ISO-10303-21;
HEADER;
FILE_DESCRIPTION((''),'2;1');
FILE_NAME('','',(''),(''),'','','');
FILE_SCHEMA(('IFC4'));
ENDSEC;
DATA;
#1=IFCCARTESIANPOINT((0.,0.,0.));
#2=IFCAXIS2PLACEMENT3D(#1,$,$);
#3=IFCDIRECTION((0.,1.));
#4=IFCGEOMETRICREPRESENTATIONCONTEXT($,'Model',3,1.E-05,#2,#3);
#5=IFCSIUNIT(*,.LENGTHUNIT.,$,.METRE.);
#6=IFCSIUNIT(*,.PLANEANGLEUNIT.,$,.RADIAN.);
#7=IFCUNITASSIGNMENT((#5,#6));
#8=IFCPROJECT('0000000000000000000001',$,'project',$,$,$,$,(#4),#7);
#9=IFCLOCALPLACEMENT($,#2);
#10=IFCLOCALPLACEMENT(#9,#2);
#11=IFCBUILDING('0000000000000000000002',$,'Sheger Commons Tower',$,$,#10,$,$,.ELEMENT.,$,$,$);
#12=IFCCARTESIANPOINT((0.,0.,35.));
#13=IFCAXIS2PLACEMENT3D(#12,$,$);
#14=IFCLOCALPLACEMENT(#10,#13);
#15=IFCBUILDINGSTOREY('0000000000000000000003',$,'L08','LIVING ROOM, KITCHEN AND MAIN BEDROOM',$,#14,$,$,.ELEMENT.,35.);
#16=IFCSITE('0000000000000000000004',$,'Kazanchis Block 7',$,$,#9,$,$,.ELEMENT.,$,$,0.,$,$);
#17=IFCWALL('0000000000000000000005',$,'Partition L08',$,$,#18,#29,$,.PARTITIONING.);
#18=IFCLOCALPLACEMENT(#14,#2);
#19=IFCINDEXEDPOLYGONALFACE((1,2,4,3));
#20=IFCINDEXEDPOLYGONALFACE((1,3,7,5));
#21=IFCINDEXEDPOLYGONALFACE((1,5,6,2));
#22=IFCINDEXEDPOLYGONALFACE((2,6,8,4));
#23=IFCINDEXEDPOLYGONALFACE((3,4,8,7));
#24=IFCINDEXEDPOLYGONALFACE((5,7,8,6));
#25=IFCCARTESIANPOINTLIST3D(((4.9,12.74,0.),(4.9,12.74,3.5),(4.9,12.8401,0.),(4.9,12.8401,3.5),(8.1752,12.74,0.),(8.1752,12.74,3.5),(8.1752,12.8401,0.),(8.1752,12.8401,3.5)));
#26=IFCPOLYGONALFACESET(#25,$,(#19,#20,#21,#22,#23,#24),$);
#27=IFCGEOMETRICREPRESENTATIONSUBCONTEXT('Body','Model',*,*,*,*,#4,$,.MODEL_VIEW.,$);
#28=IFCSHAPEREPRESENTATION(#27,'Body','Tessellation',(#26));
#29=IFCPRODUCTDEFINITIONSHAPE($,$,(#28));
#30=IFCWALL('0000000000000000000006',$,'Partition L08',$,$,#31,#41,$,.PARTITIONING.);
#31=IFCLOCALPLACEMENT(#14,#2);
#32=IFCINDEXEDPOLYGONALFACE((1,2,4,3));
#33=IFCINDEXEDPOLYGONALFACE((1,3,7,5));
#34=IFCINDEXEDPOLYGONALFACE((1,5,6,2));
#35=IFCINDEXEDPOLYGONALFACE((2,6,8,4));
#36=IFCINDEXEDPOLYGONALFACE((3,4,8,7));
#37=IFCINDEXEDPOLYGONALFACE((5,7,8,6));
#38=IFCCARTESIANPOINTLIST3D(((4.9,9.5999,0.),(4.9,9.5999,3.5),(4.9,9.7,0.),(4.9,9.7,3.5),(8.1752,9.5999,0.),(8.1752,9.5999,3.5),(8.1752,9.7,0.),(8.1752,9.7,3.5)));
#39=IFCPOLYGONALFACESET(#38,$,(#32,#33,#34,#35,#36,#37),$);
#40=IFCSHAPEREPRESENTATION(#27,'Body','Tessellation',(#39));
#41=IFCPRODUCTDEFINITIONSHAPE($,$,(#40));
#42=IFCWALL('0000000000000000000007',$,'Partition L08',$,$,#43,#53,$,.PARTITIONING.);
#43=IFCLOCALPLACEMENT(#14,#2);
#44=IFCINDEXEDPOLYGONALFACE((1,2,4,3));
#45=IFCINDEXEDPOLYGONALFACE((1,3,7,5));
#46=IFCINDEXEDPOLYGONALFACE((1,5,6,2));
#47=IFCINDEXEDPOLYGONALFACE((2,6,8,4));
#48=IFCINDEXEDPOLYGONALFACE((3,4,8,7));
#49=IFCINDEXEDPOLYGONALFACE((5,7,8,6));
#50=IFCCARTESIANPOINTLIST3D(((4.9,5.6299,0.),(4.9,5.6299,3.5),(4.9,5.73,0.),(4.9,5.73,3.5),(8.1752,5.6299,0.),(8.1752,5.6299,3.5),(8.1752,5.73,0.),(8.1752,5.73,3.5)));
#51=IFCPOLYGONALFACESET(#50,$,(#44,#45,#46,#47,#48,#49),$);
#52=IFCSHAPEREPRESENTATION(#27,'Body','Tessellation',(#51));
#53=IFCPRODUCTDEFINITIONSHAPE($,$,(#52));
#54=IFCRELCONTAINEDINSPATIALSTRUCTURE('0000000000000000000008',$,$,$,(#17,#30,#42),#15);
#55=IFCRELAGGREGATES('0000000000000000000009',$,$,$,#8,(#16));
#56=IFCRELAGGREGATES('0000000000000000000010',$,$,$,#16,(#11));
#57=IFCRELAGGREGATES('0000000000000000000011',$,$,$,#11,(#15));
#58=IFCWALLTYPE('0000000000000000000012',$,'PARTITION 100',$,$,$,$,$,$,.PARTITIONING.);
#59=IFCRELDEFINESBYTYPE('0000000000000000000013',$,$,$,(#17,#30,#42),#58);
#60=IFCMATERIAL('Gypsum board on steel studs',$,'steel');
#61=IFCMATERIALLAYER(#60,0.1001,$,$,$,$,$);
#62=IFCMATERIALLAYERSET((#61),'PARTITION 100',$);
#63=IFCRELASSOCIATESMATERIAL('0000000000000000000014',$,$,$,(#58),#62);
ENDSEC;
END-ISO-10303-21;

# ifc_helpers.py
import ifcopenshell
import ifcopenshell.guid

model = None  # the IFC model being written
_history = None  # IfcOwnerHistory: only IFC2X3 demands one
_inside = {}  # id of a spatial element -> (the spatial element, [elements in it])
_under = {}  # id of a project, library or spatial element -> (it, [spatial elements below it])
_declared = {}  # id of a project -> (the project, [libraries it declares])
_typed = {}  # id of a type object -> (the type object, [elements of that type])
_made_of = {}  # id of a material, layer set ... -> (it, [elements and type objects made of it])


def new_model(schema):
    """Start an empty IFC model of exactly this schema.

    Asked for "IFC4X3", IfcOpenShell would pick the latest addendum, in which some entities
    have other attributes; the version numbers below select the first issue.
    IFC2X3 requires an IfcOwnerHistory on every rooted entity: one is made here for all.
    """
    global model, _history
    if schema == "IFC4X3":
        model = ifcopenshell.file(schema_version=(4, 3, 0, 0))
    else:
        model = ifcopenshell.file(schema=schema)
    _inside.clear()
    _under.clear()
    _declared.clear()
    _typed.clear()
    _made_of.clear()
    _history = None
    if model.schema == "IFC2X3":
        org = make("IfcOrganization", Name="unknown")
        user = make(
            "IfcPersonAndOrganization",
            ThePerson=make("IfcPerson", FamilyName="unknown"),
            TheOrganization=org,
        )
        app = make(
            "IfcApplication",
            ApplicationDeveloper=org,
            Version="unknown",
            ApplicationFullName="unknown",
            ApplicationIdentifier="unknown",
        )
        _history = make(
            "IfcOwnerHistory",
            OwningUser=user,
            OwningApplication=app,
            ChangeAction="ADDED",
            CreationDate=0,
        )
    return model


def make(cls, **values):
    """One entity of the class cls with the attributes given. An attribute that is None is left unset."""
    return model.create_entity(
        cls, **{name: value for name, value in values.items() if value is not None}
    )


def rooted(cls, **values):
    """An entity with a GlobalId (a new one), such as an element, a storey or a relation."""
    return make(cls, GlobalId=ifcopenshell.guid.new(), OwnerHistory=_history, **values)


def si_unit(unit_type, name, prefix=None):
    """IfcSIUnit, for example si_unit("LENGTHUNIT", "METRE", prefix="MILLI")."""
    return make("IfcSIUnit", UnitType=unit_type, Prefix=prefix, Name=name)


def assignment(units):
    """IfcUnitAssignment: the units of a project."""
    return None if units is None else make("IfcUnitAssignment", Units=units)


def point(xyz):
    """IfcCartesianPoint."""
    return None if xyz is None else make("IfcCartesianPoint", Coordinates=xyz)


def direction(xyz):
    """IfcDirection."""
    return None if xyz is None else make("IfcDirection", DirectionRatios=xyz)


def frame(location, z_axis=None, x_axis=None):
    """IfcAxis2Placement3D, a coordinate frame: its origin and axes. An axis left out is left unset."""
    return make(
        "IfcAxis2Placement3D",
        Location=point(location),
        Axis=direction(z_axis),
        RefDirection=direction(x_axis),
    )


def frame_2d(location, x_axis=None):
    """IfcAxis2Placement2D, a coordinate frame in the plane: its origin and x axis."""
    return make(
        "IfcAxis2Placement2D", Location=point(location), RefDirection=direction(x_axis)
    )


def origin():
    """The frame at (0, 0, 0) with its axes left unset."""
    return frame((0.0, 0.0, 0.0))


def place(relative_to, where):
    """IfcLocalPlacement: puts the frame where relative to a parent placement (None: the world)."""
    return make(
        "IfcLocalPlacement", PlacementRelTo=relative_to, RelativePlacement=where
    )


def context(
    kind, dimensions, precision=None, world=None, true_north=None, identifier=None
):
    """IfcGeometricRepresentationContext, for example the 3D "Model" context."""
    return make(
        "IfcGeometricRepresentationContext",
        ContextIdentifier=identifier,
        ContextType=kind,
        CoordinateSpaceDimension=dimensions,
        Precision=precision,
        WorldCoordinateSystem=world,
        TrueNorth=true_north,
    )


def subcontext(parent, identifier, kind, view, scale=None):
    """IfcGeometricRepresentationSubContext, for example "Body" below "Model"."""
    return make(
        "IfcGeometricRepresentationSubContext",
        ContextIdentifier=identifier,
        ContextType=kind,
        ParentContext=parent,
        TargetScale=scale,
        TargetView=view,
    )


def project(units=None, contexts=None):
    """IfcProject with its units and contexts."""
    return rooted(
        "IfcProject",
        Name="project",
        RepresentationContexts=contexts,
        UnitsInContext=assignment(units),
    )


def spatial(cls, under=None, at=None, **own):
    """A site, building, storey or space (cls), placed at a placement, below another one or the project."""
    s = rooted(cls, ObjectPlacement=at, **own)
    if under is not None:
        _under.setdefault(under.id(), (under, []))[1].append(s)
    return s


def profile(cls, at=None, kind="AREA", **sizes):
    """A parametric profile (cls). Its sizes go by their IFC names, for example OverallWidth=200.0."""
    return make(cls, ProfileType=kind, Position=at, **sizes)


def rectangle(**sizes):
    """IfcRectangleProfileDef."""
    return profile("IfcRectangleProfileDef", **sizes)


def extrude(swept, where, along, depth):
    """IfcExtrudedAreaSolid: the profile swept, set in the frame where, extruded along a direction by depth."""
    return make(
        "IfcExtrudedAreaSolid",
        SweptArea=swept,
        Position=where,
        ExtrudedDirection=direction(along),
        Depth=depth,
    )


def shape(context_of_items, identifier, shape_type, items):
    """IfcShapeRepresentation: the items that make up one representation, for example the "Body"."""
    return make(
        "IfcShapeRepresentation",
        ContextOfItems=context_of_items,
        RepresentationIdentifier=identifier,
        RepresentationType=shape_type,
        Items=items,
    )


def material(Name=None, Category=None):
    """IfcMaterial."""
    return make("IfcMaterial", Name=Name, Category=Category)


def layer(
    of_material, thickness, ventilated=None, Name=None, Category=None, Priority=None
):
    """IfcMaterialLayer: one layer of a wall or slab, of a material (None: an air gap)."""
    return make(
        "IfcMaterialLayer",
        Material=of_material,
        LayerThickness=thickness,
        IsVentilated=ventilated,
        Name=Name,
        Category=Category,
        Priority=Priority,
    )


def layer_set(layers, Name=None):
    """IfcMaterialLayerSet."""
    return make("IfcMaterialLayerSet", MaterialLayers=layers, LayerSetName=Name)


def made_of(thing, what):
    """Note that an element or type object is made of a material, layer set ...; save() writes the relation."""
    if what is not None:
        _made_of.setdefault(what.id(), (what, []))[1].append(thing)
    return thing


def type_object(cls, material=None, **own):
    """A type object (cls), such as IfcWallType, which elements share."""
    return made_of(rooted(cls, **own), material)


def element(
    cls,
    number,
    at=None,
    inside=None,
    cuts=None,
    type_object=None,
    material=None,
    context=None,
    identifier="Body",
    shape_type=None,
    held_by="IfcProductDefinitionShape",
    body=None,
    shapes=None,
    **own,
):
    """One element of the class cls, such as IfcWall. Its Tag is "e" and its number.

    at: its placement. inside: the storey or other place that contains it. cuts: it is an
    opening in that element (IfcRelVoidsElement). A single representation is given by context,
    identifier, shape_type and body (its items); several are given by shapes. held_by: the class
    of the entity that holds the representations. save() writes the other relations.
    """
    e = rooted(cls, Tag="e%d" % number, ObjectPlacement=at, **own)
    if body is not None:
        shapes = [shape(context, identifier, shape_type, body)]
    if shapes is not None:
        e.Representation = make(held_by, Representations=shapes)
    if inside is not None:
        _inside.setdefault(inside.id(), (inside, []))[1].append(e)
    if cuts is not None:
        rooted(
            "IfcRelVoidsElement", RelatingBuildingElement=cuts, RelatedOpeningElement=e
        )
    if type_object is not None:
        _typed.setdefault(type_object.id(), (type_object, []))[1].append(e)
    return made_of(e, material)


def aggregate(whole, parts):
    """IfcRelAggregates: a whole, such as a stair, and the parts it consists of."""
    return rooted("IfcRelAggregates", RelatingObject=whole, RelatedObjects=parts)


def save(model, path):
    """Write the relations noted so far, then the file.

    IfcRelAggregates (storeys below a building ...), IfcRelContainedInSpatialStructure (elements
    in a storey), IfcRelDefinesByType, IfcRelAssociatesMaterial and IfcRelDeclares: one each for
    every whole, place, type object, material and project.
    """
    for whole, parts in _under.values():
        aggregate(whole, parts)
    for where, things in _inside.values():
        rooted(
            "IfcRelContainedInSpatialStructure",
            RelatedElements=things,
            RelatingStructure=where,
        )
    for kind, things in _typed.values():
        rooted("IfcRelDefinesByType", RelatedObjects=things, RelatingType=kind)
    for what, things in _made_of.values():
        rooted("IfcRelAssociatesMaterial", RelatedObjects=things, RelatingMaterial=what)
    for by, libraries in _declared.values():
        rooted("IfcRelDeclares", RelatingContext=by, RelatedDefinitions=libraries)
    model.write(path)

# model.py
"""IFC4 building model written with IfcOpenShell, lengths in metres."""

from ifc_helpers import new_model, si_unit, direction, frame, frame_2d, origin, place, context, subcontext, project, spatial, rectangle, extrude, material, layer, layer_set, type_object, element, save


model = new_model("IFC4")

# Units and contexts
model_context = context("Model", 3, precision=1e-05, world=origin(), true_north=direction((0.0, 1.0)))
body_context = subcontext(model_context, "Body", "Model", "MODEL_VIEW")
ifc_project = project(units=[si_unit("LENGTHUNIT", "METRE"), si_unit("PLANEANGLEUNIT", "RADIAN")], contexts=[model_context])

# Site, building, storey
site_placement = place(None, origin())
site = spatial("IfcSite", under=ifc_project, at=site_placement, Name="Kazanchis Block 7", CompositionType="ELEMENT", RefElevation=0.0)
building_placement = place(site_placement, origin())
building = spatial("IfcBuilding", under=site, at=building_placement, Name="Sheger Commons Tower", CompositionType="ELEMENT")
storey_placement = place(building_placement, frame((0.0, 0.0, 35.0)))
storey = spatial("IfcBuildingStorey", under=building, at=storey_placement, Name="L08", Description="LIVING ROOM, KITCHEN AND MAIN BEDROOM", CompositionType="ELEMENT", Elevation=35.0)

# Shared definitions
ifc_material_1 = material(Name="Gypsum board on steel studs", Category="steel")
ifc_layer = layer(ifc_material_1, 0.1001)
ifc_layer_set = layer_set([ifc_layer], Name="PARTITION 100")
wall_type = type_object("IfcWallType", Name="PARTITION 100", PredefinedType="PARTITIONING", material=ifc_layer_set)

# Walls
for number, where, z_axis, x_axis, name in (
    (1, (4.8999, 12.79, 0.0), (0.0, 0.0, 1.0), (1.0, 0.0, 0.0), "Partition L08"),
    (2, (4.8999, 9.6499, 0.0), (0.0, 0.0, 1.0), (1.0, 0.0, 0.0), "Partition L08"),
    (3, (4.8999, 5.6799, 0.0), (0.0, 0.0, 1.0), (1.0, 0.0, 0.0), "Partition L08"),
):
    element("IfcWall", number, at=place(storey_placement, frame(where, z_axis=z_axis, x_axis=x_axis)), inside=storey, type_object=wall_type, Name=name, PredefinedType="PARTITIONING", context=body_context, shape_type="SweptSolid", body=[
        extrude(rectangle(XDim=3.2751, YDim=0.1001, at=frame_2d((1.6377, 0.0))), origin(), (0.0, 0.0, 1.0), 3.5),
    ])

save(model, "model.ifc")
